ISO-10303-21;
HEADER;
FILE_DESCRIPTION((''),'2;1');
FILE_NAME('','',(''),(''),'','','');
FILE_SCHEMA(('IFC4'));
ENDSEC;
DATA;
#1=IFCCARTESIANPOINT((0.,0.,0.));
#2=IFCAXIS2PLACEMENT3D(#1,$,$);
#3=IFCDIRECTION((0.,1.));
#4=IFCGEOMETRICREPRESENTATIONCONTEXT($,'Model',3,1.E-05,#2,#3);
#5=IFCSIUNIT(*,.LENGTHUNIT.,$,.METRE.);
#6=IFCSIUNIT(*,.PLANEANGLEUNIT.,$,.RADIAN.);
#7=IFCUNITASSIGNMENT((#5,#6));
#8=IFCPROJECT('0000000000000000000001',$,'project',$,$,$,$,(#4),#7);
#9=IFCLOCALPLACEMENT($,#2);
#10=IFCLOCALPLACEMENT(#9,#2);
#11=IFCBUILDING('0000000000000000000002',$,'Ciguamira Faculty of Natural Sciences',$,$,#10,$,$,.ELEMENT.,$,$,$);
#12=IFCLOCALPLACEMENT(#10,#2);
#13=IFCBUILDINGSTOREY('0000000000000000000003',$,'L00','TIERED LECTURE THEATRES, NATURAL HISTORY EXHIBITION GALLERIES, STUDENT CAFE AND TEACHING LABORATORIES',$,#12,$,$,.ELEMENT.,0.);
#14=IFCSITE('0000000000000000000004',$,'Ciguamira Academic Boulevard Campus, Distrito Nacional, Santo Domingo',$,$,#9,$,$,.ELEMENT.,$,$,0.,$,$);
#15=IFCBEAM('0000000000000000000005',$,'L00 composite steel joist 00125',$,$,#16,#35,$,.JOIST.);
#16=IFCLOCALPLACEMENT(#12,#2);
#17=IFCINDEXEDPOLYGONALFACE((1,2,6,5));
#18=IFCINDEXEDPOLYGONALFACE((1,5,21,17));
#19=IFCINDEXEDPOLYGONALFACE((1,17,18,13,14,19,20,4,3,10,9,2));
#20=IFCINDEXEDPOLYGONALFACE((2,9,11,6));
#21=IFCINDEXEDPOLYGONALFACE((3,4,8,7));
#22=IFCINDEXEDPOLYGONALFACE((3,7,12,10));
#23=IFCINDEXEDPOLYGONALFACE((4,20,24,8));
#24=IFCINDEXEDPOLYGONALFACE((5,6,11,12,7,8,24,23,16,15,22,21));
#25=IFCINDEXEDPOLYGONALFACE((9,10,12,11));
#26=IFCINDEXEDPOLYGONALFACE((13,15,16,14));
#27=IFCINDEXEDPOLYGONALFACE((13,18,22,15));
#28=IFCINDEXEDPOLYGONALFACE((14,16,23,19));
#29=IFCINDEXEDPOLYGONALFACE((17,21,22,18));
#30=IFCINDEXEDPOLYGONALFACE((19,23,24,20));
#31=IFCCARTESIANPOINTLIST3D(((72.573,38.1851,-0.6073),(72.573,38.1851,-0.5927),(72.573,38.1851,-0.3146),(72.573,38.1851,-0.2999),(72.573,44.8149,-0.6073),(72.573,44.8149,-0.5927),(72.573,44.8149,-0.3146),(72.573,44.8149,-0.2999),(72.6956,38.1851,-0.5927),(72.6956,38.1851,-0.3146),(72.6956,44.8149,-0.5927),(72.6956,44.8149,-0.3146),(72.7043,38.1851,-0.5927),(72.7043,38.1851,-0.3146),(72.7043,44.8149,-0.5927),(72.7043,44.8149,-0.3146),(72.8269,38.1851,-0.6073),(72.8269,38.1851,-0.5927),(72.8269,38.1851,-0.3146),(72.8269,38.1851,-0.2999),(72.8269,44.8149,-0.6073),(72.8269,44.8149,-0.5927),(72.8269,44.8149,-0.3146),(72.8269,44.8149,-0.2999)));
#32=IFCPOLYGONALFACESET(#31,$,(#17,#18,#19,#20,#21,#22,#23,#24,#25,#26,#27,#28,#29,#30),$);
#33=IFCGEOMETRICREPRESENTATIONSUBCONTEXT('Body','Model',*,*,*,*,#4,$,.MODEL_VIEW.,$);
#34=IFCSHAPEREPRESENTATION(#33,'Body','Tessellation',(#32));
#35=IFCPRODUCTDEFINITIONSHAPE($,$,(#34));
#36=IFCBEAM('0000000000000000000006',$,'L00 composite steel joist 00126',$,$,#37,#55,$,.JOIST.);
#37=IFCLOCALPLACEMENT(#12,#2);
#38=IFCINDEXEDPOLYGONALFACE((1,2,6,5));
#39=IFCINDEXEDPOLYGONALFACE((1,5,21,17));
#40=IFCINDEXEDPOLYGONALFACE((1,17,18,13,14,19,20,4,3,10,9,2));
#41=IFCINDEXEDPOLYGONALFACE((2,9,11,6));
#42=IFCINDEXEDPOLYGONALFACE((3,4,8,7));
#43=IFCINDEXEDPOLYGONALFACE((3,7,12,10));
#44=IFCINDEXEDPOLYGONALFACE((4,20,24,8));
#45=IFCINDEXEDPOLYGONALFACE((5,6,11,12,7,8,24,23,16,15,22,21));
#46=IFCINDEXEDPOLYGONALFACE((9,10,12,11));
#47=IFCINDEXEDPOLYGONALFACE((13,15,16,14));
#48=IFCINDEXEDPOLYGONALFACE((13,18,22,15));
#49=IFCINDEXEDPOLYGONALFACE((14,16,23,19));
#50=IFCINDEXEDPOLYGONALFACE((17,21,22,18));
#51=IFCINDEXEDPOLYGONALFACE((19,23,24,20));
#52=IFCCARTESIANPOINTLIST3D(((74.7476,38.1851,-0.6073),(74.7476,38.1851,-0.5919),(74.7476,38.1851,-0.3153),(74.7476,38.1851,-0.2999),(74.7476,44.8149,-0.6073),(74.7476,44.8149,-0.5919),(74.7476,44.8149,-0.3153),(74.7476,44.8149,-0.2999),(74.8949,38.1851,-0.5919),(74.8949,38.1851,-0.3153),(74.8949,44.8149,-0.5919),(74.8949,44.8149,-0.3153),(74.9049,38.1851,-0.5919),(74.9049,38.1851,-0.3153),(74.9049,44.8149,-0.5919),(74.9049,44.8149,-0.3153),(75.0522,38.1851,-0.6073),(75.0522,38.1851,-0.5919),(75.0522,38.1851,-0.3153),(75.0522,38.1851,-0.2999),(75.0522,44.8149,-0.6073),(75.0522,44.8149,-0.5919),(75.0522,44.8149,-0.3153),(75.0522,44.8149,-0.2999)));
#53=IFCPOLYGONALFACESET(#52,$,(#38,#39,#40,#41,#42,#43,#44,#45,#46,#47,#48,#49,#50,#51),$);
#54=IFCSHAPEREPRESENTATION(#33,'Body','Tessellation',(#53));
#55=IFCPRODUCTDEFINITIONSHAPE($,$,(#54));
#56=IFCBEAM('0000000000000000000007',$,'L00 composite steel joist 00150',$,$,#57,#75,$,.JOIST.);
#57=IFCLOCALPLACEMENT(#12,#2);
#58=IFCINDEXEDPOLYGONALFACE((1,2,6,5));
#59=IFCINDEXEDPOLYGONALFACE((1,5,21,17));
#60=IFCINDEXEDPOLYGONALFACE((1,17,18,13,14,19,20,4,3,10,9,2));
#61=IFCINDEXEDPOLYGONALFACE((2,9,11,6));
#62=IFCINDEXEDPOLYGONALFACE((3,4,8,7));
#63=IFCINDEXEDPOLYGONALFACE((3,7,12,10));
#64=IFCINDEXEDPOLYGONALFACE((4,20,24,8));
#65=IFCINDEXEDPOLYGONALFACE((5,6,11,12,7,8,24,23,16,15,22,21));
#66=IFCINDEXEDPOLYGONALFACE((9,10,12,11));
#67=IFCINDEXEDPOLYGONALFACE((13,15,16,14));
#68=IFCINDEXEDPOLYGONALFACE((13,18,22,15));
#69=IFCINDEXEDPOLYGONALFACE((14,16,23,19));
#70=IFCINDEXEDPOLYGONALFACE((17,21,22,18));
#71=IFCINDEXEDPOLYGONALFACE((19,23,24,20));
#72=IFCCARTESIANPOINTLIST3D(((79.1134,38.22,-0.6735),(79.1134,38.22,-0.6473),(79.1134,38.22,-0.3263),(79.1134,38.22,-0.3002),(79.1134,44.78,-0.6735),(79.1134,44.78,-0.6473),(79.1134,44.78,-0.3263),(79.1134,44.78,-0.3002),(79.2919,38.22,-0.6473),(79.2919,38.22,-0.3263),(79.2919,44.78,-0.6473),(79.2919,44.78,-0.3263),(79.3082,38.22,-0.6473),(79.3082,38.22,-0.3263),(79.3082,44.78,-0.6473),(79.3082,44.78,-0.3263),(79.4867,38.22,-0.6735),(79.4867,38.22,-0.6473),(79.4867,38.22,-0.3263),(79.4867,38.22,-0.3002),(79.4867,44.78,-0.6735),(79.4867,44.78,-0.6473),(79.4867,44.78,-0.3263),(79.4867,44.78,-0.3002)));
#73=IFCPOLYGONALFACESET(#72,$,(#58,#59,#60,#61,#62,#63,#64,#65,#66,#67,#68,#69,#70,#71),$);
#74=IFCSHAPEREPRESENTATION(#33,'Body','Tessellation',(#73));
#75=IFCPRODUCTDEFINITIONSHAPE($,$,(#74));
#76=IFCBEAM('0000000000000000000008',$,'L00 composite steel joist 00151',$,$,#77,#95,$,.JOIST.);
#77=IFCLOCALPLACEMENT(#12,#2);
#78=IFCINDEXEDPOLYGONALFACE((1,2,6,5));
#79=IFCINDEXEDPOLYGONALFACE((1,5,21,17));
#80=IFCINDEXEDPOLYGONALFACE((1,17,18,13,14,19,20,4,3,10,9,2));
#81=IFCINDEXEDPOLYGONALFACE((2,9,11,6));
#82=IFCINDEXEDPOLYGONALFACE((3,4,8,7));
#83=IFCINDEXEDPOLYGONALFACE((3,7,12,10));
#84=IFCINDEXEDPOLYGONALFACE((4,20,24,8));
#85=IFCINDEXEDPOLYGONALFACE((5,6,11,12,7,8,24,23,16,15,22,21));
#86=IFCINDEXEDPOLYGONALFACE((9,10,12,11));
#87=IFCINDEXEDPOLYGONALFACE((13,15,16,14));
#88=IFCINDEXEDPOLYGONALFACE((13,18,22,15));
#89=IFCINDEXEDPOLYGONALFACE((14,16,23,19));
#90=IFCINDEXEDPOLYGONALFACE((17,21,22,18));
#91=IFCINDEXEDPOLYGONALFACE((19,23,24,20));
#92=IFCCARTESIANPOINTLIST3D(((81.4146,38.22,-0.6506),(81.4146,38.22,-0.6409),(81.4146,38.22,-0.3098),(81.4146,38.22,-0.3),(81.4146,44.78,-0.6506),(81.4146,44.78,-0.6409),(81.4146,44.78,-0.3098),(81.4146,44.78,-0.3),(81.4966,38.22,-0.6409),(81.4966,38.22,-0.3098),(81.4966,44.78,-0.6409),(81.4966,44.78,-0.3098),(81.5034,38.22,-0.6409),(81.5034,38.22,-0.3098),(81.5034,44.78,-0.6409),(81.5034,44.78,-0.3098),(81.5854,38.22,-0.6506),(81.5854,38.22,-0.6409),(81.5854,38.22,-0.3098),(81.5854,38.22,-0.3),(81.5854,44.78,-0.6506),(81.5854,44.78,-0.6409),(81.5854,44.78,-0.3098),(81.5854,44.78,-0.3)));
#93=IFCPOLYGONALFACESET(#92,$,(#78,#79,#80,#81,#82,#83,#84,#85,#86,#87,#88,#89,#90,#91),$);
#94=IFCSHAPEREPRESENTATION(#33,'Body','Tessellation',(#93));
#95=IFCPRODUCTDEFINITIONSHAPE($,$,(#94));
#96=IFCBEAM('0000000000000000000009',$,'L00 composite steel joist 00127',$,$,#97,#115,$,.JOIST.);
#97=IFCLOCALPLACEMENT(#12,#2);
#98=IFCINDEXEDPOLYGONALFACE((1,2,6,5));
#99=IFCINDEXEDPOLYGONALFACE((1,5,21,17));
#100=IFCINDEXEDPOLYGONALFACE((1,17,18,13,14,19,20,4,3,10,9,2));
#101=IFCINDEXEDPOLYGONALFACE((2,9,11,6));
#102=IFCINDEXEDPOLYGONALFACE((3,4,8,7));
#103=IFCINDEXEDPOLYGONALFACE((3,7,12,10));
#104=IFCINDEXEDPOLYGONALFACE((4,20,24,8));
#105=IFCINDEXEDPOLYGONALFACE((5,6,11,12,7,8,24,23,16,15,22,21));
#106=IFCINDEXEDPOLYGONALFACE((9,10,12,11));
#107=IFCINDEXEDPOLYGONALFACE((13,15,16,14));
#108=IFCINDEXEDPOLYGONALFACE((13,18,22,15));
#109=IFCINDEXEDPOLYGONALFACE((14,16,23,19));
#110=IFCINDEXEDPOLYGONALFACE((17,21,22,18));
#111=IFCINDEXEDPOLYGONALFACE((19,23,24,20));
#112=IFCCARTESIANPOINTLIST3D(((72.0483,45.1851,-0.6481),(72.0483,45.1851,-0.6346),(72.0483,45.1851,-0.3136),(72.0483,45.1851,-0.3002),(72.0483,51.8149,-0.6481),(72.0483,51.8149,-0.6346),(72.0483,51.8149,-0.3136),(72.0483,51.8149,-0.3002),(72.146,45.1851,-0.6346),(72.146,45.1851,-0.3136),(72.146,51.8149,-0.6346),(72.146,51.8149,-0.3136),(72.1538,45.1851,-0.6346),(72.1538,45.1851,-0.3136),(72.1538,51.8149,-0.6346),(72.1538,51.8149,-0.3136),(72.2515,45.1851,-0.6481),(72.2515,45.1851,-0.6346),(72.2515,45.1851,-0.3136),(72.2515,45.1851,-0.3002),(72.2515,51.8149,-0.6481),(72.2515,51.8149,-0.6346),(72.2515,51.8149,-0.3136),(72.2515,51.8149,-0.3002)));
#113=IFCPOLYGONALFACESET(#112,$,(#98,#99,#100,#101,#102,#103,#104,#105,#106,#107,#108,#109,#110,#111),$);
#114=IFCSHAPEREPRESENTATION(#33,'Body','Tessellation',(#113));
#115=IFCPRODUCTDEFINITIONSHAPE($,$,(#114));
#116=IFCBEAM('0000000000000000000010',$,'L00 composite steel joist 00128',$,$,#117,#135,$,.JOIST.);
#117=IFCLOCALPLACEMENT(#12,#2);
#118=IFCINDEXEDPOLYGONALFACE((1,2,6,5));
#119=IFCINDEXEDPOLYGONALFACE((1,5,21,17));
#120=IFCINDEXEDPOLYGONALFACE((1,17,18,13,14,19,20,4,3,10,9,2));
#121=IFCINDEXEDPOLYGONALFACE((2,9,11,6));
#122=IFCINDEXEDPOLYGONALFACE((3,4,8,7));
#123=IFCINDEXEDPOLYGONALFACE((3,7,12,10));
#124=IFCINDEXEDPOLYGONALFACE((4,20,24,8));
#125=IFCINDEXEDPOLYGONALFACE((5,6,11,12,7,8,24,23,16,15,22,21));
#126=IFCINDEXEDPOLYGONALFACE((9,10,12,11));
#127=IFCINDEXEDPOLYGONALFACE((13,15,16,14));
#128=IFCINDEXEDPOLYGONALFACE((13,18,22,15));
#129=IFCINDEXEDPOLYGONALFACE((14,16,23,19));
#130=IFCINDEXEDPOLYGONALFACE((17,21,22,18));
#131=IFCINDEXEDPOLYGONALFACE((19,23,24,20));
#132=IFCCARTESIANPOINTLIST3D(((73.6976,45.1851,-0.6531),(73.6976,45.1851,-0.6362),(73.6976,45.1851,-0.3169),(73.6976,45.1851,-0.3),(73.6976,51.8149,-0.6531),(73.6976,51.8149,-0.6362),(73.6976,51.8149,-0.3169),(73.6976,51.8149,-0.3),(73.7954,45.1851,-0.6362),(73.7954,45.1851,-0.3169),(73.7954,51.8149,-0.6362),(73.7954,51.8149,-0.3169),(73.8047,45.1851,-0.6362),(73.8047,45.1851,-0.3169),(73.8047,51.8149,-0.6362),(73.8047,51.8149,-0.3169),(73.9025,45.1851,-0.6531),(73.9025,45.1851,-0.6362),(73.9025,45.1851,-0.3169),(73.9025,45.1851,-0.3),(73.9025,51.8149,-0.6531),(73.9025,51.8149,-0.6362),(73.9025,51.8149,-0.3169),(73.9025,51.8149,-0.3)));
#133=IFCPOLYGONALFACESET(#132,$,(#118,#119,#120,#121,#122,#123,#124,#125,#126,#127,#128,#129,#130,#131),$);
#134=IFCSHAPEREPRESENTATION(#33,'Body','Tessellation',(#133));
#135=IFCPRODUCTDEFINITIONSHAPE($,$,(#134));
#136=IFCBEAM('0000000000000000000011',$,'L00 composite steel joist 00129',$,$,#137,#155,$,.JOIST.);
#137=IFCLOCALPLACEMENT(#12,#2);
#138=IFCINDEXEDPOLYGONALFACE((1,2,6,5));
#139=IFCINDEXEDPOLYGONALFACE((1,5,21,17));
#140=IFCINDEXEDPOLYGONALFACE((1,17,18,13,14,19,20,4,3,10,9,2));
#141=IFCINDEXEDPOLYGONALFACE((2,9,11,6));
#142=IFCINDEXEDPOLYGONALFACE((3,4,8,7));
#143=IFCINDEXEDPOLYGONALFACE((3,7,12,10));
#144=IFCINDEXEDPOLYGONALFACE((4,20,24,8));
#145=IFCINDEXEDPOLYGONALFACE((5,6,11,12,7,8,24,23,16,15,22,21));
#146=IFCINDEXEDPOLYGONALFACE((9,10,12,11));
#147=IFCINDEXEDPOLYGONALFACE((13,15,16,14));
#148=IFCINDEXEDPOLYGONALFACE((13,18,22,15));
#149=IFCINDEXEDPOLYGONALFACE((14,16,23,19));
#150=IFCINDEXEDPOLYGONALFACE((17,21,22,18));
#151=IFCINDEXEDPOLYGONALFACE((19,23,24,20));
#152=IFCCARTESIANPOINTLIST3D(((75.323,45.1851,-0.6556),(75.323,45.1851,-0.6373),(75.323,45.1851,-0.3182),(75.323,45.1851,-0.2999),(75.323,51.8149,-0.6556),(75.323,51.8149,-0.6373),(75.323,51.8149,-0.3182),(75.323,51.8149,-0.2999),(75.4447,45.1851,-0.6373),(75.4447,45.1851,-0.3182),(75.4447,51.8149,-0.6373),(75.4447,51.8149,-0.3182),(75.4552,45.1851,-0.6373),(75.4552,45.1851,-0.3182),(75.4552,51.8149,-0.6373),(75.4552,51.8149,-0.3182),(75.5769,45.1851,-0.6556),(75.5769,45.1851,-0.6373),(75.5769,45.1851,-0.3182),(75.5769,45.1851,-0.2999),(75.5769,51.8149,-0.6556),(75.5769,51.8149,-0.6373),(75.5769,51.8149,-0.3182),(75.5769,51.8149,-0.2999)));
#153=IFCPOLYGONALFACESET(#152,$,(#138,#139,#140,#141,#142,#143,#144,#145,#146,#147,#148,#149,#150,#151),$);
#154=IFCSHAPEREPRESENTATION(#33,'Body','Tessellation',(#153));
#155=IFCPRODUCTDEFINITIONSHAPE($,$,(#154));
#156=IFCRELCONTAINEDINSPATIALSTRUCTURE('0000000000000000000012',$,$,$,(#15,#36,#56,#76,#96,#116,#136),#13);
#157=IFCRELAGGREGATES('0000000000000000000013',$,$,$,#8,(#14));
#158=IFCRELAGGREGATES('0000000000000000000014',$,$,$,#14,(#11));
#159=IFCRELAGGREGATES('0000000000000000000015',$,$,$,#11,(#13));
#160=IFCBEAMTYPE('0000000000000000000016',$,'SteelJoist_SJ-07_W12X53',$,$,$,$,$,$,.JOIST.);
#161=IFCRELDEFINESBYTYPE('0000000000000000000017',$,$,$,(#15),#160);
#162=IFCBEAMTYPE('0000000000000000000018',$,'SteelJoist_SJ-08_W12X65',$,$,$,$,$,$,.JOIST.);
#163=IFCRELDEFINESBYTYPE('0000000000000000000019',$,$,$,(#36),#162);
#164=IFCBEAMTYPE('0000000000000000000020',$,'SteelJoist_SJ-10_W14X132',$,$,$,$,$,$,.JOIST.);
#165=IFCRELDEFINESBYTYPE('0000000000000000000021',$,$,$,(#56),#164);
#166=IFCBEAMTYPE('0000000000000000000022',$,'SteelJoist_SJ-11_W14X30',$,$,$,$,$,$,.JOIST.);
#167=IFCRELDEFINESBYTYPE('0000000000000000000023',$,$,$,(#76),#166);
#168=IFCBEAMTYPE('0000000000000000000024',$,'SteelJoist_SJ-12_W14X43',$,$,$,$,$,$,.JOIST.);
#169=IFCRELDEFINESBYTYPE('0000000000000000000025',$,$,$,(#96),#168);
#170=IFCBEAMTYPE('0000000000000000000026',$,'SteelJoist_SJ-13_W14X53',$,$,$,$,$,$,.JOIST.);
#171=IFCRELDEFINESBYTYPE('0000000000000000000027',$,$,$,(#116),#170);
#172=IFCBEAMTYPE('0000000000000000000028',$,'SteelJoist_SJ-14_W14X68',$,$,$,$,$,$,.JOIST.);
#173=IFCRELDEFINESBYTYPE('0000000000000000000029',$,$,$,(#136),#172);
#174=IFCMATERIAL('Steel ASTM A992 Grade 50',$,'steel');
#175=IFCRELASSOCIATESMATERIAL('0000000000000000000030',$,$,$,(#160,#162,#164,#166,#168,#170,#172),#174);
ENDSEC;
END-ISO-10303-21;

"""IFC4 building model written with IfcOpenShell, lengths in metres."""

from ifc_helpers import new_model, si_unit, direction, frame, origin, origin_2d, place, context, subcontext, project, spatial, i_section, extrude, material, material_profile, profile_set, type_object, element, save


model = new_model("IFC4")

# Units and contexts
model_context = context("Model", 3, precision=1e-05, world=origin(), true_north=direction((0.0, 1.0)))
body_context = subcontext(model_context, "Body", "Model", "MODEL_VIEW")
ifc_project = project(units=[si_unit("LENGTHUNIT", "METRE"), si_unit("PLANEANGLEUNIT", "RADIAN")], contexts=[model_context])

# Site, building, storey
site_placement = place(None, origin())
site = spatial("IfcSite", under=ifc_project, at=site_placement, Name="Ciguamira Academic Boulevard Campus, Distrito Nacional, Santo Domingo", CompositionType="ELEMENT", RefElevation=0.0)
building_placement = place(site_placement, origin())
building = spatial("IfcBuilding", under=site, at=building_placement, Name="Ciguamira Faculty of Natural Sciences", CompositionType="ELEMENT")
storey_placement = place(building_placement, origin())
storey = spatial("IfcBuildingStorey", under=building, at=storey_placement, Name="L00", Description="TIERED LECTURE THEATRES, NATURAL HISTORY EXHIBITION GALLERIES, STUDENT CAFE AND TEACHING LABORATORIES", CompositionType="ELEMENT", Elevation=0.0)

# Beams
ifc_material_1 = material(Name="Steel ASTM A992 Grade 50", Category="steel")
ifc_material_profile_1 = material_profile(ifc_material_1, i_section(OverallWidth=0.2539, OverallDepth=0.3074, WebThickness=0.0088, FlangeThickness=0.0146, at=origin_2d()), Name="W12X53")
ifc_profile_set_1 = profile_set([ifc_material_profile_1], Name="Steel ASTM A992 Grade 50")
beam_type_1 = type_object("IfcBeamType", Name="SteelJoist_SJ-07_W12X53", PredefinedType="JOIST", material=ifc_profile_set_1)
beam_1_placement = place(storey_placement, frame((72.7, 38.1851, -0.4536), z_axis=(0.0, 1.0, 0.0), x_axis=(-1.0, 0.0, 0.0)))
element("IfcBeam", 1, at=beam_1_placement, inside=storey, type_object=beam_type_1, Name="L00 composite steel joist 00125", PredefinedType="JOIST", context=body_context, shape_type="SweptSolid", body=[
    extrude(i_section(OverallWidth=0.2539, OverallDepth=0.3074, WebThickness=0.0088, FlangeThickness=0.0146, at=origin_2d()), origin(), (0.0, 0.0, 1.0), 6.6299),
])
ifc_material_profile_2 = material_profile(ifc_material_1, i_section(OverallWidth=0.3047, OverallDepth=0.3074, WebThickness=0.01, FlangeThickness=0.0154, at=origin_2d()), Name="W12X65")
ifc_profile_set_2 = profile_set([ifc_material_profile_2], Name="Steel ASTM A992 Grade 50")
beam_type_2 = type_object("IfcBeamType", Name="SteelJoist_SJ-08_W12X65", PredefinedType="JOIST", material=ifc_profile_set_2)
beam_2_placement = place(storey_placement, frame((74.8999, 38.1851, -0.4536), z_axis=(0.0, 1.0, 0.0), x_axis=(-1.0, 0.0, 0.0)))
element("IfcBeam", 2, at=beam_2_placement, inside=storey, type_object=beam_type_2, Name="L00 composite steel joist 00126", PredefinedType="JOIST", context=body_context, shape_type="SweptSolid", body=[
    extrude(i_section(OverallWidth=0.3047, OverallDepth=0.3074, WebThickness=0.01, FlangeThickness=0.0154, at=origin_2d()), origin(), (0.0, 0.0, 1.0), 6.6299),
])
ifc_material_profile_3 = material_profile(ifc_material_1, i_section(OverallWidth=0.3733, OverallDepth=0.3733, WebThickness=0.0164, FlangeThickness=0.0261, at=origin_2d()), Name="W14X132")
ifc_profile_set_3 = profile_set([ifc_material_profile_3], Name="Steel ASTM A992 Grade 50")
beam_type_3 = type_object("IfcBeamType", Name="SteelJoist_SJ-10_W14X132", PredefinedType="JOIST", material=ifc_profile_set_3)
beam_3_placement = place(storey_placement, frame((79.3, 38.22, -0.4868), z_axis=(0.0, 1.0, 0.0), x_axis=(-1.0, 0.0, 0.0)))
element("IfcBeam", 3, at=beam_3_placement, inside=storey, type_object=beam_type_3, Name="L00 composite steel joist 00150", PredefinedType="JOIST", context=body_context, shape_type="SweptSolid", body=[
    extrude(i_section(OverallWidth=0.3733, OverallDepth=0.3733, WebThickness=0.0164, FlangeThickness=0.0261, at=origin_2d()), origin(), (0.0, 0.0, 1.0), 6.5601),
])
ifc_material_profile_4 = material_profile(ifc_material_1, i_section(OverallWidth=0.1709, OverallDepth=0.3506, WebThickness=0.0068, FlangeThickness=0.0098, at=origin_2d()), Name="W14X30")
ifc_profile_set_4 = profile_set([ifc_material_profile_4], Name="Steel ASTM A992 Grade 50")
beam_type_4 = type_object("IfcBeamType", Name="SteelJoist_SJ-11_W14X30", PredefinedType="JOIST", material=ifc_profile_set_4)
beam_4_placement = place(storey_placement, frame((81.5, 38.22, -0.4753), z_axis=(0.0, 1.0, 0.0), x_axis=(-1.0, 0.0, 0.0)))
element("IfcBeam", 4, at=beam_4_placement, inside=storey, type_object=beam_type_4, Name="L00 composite steel joist 00151", PredefinedType="JOIST", context=body_context, shape_type="SweptSolid", body=[
    extrude(i_section(OverallWidth=0.1709, OverallDepth=0.3506, WebThickness=0.0068, FlangeThickness=0.0098, at=origin_2d()), origin(), (0.0, 0.0, 1.0), 6.5601),
])
ifc_material_profile_5 = material_profile(ifc_material_1, i_section(OverallWidth=0.2031, OverallDepth=0.3479, WebThickness=0.0078, FlangeThickness=0.0134, at=origin_2d()), Name="W14X43")
ifc_profile_set_5 = profile_set([ifc_material_profile_5], Name="Steel ASTM A992 Grade 50")
beam_type_5 = type_object("IfcBeamType", Name="SteelJoist_SJ-12_W14X43", PredefinedType="JOIST", material=ifc_profile_set_5)
beam_5_placement = place(storey_placement, frame((72.1499, 45.1851, -0.4741), z_axis=(0.0, 1.0, 0.0), x_axis=(-1.0, 0.0, 0.0)))
element("IfcBeam", 5, at=beam_5_placement, inside=storey, type_object=beam_type_5, Name="L00 composite steel joist 00127", PredefinedType="JOIST", context=body_context, shape_type="SweptSolid", body=[
    extrude(i_section(OverallWidth=0.2031, OverallDepth=0.3479, WebThickness=0.0078, FlangeThickness=0.0134, at=origin_2d()), origin(), (0.0, 0.0, 1.0), 6.6299),
])
ifc_material_profile_6 = material_profile(ifc_material_1, i_section(OverallWidth=0.2048, OverallDepth=0.353, WebThickness=0.0093, FlangeThickness=0.0168, at=origin_2d()), Name="W14X53")
ifc_profile_set_6 = profile_set([ifc_material_profile_6], Name="Steel ASTM A992 Grade 50")
beam_type_6 = type_object("IfcBeamType", Name="SteelJoist_SJ-13_W14X53", PredefinedType="JOIST", material=ifc_profile_set_6)
beam_6_placement = place(storey_placement, frame((73.8, 45.1851, -0.4766), z_axis=(0.0, 1.0, 0.0), x_axis=(-1.0, 0.0, 0.0)))
element("IfcBeam", 6, at=beam_6_placement, inside=storey, type_object=beam_type_6, Name="L00 composite steel joist 00128", PredefinedType="JOIST", context=body_context, shape_type="SweptSolid", body=[
    extrude(i_section(OverallWidth=0.2048, OverallDepth=0.353, WebThickness=0.0093, FlangeThickness=0.0168, at=origin_2d()), origin(), (0.0, 0.0, 1.0), 6.6299),
])
ifc_material_profile_7 = material_profile(ifc_material_1, i_section(OverallWidth=0.2539, OverallDepth=0.3557, WebThickness=0.0105, FlangeThickness=0.0183, at=origin_2d()), Name="W14X68")
ifc_profile_set_7 = profile_set([ifc_material_profile_7], Name="Steel ASTM A992 Grade 50")
beam_type_7 = type_object("IfcBeamType", Name="SteelJoist_SJ-14_W14X68", PredefinedType="JOIST", material=ifc_profile_set_7)
beam_7_placement = place(storey_placement, frame((75.45, 45.1851, -0.4778), z_axis=(0.0, 1.0, 0.0), x_axis=(-1.0, 0.0, 0.0)))
element("IfcBeam", 7, at=beam_7_placement, inside=storey, type_object=beam_type_7, Name="L00 composite steel joist 00129", PredefinedType="JOIST", context=body_context, shape_type="SweptSolid", body=[
    extrude(i_section(OverallWidth=0.2539, OverallDepth=0.3557, WebThickness=0.0105, FlangeThickness=0.0183, at=origin_2d()), origin(), (0.0, 0.0, 1.0), 6.6299),
])

save(model, "model.ifc")
